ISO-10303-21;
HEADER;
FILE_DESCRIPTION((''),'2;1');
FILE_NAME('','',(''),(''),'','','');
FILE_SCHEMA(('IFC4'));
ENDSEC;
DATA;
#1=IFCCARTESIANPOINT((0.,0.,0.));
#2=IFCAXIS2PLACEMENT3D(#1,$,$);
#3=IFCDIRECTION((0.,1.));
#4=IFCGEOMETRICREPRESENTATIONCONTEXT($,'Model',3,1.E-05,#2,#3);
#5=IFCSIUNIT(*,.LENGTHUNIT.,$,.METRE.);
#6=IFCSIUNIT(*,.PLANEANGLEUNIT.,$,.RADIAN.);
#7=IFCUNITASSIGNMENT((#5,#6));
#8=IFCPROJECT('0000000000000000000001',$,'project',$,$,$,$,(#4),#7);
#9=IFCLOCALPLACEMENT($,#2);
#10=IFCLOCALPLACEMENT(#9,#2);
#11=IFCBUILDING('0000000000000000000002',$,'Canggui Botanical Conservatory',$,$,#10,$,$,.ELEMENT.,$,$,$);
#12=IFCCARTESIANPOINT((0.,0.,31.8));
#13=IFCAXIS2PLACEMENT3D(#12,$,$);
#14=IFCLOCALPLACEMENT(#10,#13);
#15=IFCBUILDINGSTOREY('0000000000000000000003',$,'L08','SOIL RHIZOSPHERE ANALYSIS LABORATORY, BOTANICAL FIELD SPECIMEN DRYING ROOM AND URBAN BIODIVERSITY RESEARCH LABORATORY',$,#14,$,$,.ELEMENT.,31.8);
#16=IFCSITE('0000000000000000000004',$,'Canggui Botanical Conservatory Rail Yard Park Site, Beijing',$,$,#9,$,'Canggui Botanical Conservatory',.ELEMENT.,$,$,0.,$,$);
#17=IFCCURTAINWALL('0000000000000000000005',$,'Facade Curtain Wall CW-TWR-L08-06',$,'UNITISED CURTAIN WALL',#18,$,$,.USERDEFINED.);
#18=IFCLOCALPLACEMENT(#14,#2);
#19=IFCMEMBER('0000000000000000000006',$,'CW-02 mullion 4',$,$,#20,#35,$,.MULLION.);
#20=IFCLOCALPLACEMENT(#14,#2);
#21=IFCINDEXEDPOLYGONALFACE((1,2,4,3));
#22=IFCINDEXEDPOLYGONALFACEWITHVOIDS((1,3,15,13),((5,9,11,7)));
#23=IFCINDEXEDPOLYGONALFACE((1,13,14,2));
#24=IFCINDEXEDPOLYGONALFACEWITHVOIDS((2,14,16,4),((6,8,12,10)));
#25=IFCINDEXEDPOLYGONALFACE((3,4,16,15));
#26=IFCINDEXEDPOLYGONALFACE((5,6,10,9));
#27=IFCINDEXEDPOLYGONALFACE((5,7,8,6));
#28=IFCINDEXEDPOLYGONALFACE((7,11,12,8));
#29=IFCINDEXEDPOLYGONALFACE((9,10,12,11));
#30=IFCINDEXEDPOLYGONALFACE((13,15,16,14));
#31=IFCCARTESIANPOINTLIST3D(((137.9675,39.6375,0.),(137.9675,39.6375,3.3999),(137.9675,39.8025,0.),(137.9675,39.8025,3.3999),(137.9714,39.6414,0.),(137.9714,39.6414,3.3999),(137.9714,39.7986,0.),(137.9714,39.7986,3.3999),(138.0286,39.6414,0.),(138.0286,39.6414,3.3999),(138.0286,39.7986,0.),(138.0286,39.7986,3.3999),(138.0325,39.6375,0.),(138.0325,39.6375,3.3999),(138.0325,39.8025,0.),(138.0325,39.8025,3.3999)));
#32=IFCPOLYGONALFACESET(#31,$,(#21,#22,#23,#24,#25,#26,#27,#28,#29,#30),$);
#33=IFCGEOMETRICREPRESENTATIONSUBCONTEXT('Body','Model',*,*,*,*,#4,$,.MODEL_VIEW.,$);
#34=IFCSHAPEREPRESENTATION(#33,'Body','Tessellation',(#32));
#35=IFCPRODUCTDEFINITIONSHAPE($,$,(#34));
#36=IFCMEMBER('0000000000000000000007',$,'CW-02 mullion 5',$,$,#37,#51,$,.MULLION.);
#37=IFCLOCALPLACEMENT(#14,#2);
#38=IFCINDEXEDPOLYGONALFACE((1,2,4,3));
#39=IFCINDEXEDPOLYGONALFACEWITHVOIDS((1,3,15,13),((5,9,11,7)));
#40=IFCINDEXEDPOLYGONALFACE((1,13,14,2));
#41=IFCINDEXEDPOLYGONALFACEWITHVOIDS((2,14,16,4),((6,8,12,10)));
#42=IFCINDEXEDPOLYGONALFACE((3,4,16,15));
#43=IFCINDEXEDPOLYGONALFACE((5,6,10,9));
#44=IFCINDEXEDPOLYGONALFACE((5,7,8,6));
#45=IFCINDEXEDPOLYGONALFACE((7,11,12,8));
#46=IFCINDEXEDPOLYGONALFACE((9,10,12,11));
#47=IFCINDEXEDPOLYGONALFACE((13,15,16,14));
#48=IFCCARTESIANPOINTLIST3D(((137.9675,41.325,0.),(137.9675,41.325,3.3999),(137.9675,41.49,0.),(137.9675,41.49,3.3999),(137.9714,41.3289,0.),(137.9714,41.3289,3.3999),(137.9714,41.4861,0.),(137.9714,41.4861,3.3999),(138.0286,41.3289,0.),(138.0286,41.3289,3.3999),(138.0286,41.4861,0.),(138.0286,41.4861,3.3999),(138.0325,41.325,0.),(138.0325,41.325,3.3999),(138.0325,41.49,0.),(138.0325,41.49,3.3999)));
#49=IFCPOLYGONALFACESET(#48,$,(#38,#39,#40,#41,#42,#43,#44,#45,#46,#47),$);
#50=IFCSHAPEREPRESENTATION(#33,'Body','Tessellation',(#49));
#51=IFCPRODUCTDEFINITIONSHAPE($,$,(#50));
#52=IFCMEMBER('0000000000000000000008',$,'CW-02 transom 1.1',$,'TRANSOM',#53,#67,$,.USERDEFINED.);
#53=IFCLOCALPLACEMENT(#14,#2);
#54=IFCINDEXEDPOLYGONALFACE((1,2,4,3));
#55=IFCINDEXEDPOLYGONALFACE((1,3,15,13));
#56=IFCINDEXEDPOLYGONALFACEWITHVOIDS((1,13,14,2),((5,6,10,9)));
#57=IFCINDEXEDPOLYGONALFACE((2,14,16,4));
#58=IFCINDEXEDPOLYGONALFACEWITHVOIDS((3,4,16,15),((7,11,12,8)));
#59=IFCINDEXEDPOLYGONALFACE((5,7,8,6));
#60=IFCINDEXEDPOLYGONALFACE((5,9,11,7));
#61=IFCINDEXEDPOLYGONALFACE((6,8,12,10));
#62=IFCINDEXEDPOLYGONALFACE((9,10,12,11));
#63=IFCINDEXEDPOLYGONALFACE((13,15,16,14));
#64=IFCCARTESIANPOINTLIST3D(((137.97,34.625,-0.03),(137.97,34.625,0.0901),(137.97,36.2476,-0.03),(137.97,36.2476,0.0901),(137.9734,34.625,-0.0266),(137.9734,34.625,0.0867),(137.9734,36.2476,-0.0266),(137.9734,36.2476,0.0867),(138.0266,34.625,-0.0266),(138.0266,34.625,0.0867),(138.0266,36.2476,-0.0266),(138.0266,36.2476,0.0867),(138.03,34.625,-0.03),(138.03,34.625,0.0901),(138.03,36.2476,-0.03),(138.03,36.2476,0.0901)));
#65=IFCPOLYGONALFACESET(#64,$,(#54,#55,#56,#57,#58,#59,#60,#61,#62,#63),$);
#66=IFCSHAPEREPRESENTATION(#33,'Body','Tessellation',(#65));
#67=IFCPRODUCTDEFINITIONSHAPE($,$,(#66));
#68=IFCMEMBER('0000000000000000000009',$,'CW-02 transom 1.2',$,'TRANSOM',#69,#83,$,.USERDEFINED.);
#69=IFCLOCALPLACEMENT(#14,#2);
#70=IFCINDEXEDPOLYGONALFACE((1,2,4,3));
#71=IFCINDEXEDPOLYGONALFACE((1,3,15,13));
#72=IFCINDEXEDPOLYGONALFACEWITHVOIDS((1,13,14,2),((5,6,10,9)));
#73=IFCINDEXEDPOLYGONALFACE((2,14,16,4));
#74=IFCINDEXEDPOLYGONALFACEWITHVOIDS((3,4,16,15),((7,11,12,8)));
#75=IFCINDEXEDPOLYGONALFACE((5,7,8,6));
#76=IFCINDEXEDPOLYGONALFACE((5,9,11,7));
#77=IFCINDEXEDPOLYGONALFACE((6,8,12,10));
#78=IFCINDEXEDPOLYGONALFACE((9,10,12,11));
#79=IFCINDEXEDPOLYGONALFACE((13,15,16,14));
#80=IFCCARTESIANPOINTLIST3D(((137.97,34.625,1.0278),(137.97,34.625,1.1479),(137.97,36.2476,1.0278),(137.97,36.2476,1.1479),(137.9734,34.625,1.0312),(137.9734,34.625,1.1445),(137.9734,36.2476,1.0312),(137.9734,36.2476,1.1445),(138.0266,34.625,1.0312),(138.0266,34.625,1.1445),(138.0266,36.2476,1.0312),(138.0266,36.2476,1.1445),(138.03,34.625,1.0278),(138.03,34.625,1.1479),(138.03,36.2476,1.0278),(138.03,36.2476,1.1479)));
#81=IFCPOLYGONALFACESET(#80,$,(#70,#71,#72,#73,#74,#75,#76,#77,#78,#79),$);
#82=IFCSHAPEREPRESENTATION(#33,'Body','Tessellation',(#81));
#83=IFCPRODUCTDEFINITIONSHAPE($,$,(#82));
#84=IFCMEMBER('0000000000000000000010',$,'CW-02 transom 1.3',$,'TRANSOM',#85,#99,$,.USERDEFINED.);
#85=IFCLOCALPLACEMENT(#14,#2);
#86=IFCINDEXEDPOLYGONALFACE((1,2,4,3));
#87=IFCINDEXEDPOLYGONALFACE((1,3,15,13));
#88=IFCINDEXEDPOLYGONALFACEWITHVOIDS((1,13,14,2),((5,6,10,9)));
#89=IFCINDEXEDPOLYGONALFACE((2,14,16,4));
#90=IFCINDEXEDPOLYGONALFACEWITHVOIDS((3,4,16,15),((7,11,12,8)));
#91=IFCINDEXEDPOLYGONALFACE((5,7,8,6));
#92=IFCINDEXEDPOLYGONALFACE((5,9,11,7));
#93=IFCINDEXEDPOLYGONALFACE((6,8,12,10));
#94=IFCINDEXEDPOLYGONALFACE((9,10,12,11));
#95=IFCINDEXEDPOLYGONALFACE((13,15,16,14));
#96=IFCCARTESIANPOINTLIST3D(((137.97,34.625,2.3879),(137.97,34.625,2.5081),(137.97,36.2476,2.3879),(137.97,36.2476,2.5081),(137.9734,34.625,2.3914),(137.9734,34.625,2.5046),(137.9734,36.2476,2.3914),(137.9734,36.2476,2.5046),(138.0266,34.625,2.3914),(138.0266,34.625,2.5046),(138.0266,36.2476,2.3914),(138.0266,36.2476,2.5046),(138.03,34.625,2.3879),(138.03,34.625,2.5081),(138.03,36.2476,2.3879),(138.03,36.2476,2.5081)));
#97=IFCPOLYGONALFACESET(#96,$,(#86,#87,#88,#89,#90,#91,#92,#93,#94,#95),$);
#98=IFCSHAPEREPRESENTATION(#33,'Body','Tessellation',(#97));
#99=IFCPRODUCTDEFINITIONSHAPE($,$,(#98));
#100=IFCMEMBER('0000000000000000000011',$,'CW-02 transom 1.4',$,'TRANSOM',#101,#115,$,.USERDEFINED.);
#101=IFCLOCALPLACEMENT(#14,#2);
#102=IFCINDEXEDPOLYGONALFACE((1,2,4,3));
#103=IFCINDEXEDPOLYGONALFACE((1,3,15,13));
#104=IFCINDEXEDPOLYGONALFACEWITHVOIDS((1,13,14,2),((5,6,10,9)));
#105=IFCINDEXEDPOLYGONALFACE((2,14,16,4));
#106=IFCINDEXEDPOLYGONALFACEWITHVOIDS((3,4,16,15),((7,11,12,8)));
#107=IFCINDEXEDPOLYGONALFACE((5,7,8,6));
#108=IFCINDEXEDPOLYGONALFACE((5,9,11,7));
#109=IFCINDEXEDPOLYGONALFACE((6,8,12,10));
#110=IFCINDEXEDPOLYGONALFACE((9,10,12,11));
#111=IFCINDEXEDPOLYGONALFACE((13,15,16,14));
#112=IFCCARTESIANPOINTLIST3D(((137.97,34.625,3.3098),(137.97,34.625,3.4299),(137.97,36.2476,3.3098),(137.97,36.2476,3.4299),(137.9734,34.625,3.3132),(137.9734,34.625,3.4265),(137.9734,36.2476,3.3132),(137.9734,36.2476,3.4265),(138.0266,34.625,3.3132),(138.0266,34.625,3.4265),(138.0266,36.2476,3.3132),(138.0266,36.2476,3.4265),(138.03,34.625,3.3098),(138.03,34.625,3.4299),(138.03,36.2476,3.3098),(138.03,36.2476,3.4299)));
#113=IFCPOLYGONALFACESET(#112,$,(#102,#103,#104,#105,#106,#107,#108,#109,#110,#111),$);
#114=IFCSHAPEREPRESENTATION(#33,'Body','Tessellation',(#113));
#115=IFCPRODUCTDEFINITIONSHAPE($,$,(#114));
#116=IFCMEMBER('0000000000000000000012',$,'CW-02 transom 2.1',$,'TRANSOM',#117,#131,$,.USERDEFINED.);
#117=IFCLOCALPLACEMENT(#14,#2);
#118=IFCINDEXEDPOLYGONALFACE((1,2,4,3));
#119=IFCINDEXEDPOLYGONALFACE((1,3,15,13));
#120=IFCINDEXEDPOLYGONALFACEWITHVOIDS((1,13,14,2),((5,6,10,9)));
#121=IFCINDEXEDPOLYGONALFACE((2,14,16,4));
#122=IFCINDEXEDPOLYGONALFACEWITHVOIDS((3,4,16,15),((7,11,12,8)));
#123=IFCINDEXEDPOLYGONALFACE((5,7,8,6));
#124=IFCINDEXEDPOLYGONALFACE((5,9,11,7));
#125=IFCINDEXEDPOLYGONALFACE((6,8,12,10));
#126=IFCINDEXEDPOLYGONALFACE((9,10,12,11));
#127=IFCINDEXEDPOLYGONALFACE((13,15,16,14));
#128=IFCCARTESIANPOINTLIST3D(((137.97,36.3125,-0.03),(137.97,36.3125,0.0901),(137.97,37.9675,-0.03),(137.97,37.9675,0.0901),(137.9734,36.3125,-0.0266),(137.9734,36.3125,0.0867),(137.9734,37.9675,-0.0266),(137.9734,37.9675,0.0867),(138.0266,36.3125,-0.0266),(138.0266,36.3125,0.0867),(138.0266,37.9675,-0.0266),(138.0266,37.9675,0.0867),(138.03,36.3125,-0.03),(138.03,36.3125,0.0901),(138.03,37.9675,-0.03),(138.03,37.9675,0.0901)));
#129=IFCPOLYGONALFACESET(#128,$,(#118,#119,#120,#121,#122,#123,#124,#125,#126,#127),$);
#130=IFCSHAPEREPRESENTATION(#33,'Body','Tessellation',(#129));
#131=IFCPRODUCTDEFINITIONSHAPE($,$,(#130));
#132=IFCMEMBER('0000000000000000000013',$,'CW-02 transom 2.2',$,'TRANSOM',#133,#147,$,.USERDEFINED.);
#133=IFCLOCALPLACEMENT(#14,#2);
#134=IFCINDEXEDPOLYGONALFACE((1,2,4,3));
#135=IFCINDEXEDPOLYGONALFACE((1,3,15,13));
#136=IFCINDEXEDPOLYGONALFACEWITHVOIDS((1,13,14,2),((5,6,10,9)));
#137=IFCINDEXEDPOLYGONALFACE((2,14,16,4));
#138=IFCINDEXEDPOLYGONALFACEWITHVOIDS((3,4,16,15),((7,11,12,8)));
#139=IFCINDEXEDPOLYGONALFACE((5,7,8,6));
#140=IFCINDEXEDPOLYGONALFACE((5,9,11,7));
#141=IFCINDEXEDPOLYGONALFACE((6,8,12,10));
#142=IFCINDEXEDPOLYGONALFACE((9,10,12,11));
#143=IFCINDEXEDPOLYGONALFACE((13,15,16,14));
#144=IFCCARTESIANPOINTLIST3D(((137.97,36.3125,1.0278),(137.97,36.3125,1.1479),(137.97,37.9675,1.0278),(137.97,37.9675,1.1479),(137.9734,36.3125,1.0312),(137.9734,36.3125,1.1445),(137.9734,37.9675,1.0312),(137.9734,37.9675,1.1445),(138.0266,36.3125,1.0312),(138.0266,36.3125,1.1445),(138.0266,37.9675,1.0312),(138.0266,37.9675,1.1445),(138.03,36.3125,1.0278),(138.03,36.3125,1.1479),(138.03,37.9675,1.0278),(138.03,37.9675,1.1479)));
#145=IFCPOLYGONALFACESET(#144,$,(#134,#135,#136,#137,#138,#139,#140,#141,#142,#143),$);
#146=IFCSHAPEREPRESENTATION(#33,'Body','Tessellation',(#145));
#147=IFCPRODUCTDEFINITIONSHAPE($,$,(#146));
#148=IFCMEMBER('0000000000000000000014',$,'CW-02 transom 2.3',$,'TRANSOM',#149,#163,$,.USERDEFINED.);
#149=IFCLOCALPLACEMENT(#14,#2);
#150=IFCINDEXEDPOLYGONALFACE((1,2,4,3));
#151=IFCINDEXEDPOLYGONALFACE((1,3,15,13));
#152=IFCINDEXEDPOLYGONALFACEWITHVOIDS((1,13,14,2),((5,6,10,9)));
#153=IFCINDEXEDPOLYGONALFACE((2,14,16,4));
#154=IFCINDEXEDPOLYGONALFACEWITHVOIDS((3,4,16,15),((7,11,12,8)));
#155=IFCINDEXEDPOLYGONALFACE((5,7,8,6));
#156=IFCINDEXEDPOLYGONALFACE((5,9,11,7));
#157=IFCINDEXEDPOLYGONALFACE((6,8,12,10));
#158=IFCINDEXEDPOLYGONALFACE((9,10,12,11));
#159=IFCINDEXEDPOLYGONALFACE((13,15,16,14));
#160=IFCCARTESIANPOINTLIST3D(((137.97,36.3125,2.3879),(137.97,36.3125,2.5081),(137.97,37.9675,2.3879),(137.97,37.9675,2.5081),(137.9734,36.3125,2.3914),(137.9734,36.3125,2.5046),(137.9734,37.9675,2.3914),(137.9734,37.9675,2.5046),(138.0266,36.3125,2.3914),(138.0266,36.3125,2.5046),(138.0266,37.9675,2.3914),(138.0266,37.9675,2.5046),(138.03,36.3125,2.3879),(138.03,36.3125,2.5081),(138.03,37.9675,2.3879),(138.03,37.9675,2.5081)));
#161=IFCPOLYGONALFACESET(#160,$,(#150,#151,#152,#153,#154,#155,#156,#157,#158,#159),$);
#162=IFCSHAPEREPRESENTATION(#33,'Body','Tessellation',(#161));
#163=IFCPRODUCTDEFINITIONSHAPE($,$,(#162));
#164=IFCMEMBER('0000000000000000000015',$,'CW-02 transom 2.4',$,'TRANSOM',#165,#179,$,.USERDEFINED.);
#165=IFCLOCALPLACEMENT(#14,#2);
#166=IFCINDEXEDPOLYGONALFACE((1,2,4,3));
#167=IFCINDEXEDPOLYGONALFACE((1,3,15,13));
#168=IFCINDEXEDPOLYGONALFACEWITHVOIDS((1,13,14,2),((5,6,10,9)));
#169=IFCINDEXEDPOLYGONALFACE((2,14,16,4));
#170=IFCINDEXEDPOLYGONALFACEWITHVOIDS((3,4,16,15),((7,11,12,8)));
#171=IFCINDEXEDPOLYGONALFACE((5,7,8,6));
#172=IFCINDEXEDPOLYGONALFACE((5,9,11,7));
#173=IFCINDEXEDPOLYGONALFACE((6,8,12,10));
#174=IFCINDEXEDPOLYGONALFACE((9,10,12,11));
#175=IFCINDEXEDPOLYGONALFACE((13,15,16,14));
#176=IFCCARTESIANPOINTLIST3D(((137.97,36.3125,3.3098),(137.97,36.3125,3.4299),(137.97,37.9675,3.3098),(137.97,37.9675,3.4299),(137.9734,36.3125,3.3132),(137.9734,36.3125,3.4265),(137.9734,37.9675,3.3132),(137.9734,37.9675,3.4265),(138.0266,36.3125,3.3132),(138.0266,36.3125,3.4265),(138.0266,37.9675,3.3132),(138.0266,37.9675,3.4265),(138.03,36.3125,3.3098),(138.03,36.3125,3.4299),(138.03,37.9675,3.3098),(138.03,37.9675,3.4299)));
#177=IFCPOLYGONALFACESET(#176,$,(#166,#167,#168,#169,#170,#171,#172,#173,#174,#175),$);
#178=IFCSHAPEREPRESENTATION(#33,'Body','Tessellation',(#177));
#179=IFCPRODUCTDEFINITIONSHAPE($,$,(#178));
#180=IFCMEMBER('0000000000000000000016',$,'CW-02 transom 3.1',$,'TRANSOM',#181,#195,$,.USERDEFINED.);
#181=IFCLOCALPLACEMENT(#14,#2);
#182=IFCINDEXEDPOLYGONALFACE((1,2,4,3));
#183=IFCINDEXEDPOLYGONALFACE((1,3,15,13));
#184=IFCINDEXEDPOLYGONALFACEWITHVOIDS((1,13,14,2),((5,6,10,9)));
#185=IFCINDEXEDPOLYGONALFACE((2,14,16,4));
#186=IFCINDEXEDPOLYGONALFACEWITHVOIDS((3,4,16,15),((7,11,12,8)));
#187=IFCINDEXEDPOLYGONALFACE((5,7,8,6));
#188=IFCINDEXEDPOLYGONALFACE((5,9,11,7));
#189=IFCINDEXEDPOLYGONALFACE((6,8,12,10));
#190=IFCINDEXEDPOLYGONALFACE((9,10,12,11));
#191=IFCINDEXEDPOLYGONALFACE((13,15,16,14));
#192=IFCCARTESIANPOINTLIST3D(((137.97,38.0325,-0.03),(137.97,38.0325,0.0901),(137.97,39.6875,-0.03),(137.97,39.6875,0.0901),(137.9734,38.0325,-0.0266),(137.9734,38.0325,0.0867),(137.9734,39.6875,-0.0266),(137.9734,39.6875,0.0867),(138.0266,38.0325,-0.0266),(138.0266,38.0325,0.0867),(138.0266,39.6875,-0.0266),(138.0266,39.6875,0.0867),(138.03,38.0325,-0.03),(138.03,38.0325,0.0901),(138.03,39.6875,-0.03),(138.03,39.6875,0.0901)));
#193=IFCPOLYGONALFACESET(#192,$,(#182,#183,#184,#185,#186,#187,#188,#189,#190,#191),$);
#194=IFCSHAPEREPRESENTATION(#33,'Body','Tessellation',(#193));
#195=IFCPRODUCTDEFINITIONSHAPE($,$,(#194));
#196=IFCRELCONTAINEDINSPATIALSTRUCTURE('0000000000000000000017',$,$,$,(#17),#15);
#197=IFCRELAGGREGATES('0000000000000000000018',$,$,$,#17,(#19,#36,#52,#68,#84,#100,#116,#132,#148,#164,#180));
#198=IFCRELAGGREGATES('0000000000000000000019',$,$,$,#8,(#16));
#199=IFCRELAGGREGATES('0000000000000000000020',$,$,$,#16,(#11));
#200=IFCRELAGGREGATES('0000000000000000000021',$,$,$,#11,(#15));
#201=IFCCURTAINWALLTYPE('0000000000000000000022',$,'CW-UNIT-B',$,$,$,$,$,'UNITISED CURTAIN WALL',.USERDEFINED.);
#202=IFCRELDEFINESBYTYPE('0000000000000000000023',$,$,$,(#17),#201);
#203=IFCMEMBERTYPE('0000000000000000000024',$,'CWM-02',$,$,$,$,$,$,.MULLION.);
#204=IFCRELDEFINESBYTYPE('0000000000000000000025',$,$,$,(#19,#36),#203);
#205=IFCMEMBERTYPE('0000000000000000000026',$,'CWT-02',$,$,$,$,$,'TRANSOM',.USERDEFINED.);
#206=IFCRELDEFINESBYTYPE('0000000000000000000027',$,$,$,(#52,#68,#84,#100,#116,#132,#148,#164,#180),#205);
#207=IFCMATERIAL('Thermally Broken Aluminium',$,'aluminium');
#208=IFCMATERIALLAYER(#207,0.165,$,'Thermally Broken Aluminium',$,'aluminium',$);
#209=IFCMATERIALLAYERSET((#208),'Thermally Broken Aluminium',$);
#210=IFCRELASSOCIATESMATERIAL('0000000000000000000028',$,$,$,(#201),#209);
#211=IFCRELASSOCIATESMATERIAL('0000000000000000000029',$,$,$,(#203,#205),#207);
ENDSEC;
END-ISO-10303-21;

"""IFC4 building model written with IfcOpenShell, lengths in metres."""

from ifc_helpers import new_model, si_unit, direction, frame, origin, origin_2d, place, context, subcontext, project, spatial, hollow_rectangle, extrude, material, layer, layer_set, material_profile, profile_set, type_object, element, aggregate, save


model = new_model("IFC4")

# Units and contexts
model_context = context("Model", 3, precision=1e-05, world=origin(), true_north=direction((0.0, 1.0)))
body_context = subcontext(model_context, "Body", "Model", "MODEL_VIEW")
ifc_project = project(units=[si_unit("LENGTHUNIT", "METRE"), si_unit("PLANEANGLEUNIT", "RADIAN")], contexts=[model_context])

# Site, building, storey
site_placement = place(None, origin())
site = spatial("IfcSite", under=ifc_project, at=site_placement, Name="Canggui Botanical Conservatory Rail Yard Park Site, Beijing", LongName="Canggui Botanical Conservatory", CompositionType="ELEMENT", RefElevation=0.0)
building_placement = place(site_placement, origin())
building = spatial("IfcBuilding", under=site, at=building_placement, Name="Canggui Botanical Conservatory", CompositionType="ELEMENT")
storey_placement = place(building_placement, frame((0.0, 0.0, 31.8)))
storey = spatial("IfcBuildingStorey", under=building, at=storey_placement, Name="L08", Description="SOIL RHIZOSPHERE ANALYSIS LABORATORY, BOTANICAL FIELD SPECIMEN DRYING ROOM AND URBAN BIODIVERSITY RESEARCH LABORATORY", CompositionType="ELEMENT", Elevation=31.8)

# Curtain wall, members
ifc_material_1 = material(Name="Thermally Broken Aluminium", Category="aluminium")
ifc_layer_1 = layer(ifc_material_1, 0.165, Name="Thermally Broken Aluminium", Category="aluminium")
ifc_layer_set_1 = layer_set([ifc_layer_1], Name="Thermally Broken Aluminium")
curtain_wall_type = type_object("IfcCurtainWallType", Name="CW-UNIT-B", ElementType="UNITISED CURTAIN WALL", PredefinedType="USERDEFINED", material=ifc_layer_set_1)
curtain_wall_placement = place(storey_placement, origin())
curtain_wall = element("IfcCurtainWall", 1, at=curtain_wall_placement, inside=storey, type_object=curtain_wall_type, Name="Facade Curtain Wall CW-TWR-L08-06", ObjectType="UNITISED CURTAIN WALL", PredefinedType="USERDEFINED")
ifc_material_profile_1 = material_profile(ifc_material_1, hollow_rectangle(XDim=0.0649, YDim=0.165, WallThickness=0.0039, at=origin_2d()), Name="CWM 65x165x4")
ifc_profile_set_1 = profile_set([ifc_material_profile_1], Name="Thermally Broken Aluminium")
member_type_1 = type_object("IfcMemberType", Name="CWM-02", PredefinedType="MULLION", material=ifc_profile_set_1)
member_1_placement = place(storey_placement, frame((138.0, 39.72, 0.0), z_axis=(0.0, 0.0, 1.0), x_axis=(-1.0, 0.0, 0.0)))
member_1 = element("IfcMember", 2, at=member_1_placement, type_object=member_type_1, Name="CW-02 mullion 4", PredefinedType="MULLION", context=body_context, shape_type="SweptSolid", body=[
    extrude(hollow_rectangle(XDim=0.0649, YDim=0.165, WallThickness=0.0039, at=origin_2d()), origin(), (0.0, 0.0, 1.0), 3.3999),
])
member_2_placement = place(storey_placement, frame((138.0, 41.4075, 0.0), z_axis=(0.0, 0.0, 1.0), x_axis=(-1.0, 0.0, 0.0)))
member_2 = element("IfcMember", 3, at=member_2_placement, type_object=member_type_1, Name="CW-02 mullion 5", PredefinedType="MULLION", context=body_context, shape_type="SweptSolid", body=[
    extrude(hollow_rectangle(XDim=0.0649, YDim=0.165, WallThickness=0.0039, at=origin_2d()), origin(), (0.0, 0.0, 1.0), 3.3999),
])
ifc_material_profile_2 = material_profile(ifc_material_1, hollow_rectangle(XDim=0.0601, YDim=0.1201, WallThickness=0.0034, at=origin_2d()), Name="CWT 60x120x3.5")
ifc_profile_set_2 = profile_set([ifc_material_profile_2], Name="Thermally Broken Aluminium")
member_type_2 = type_object("IfcMemberType", Name="CWT-02", ElementType="TRANSOM", PredefinedType="USERDEFINED", material=ifc_profile_set_2)
member_3_placement = place(storey_placement, frame((138.0, 34.625, 0.03), z_axis=(0.0, 1.0, 0.0), x_axis=(-1.0, 0.0, 0.0)))
member_3 = element("IfcMember", 4, at=member_3_placement, type_object=member_type_2, Name="CW-02 transom 1.1", ObjectType="TRANSOM", PredefinedType="USERDEFINED", context=body_context, shape_type="SweptSolid", body=[
    extrude(hollow_rectangle(XDim=0.0601, YDim=0.1201, WallThickness=0.0034, at=origin_2d()), origin(), (0.0, 0.0, 1.0), 1.6226),
])
member_4_placement = place(storey_placement, frame((138.0, 34.625, 1.0879), z_axis=(0.0, 1.0, 0.0), x_axis=(-1.0, 0.0, 0.0)))
member_4 = element("IfcMember", 5, at=member_4_placement, type_object=member_type_2, Name="CW-02 transom 1.2", ObjectType="TRANSOM", PredefinedType="USERDEFINED", context=body_context, shape_type="SweptSolid", body=[
    extrude(hollow_rectangle(XDim=0.0601, YDim=0.1201, WallThickness=0.0034, at=origin_2d()), origin(), (0.0, 0.0, 1.0), 1.6226),
])
member_5_placement = place(storey_placement, frame((138.0, 34.625, 2.448), z_axis=(0.0, 1.0, 0.0), x_axis=(-1.0, 0.0, 0.0)))
member_5 = element("IfcMember", 6, at=member_5_placement, type_object=member_type_2, Name="CW-02 transom 1.3", ObjectType="TRANSOM", PredefinedType="USERDEFINED", context=body_context, shape_type="SweptSolid", body=[
    extrude(hollow_rectangle(XDim=0.0601, YDim=0.1201, WallThickness=0.0034, at=origin_2d()), origin(), (0.0, 0.0, 1.0), 1.6226),
])
member_6_placement = place(storey_placement, frame((138.0, 34.625, 3.3699), z_axis=(0.0, 1.0, 0.0), x_axis=(-1.0, 0.0, 0.0)))
member_6 = element("IfcMember", 7, at=member_6_placement, type_object=member_type_2, Name="CW-02 transom 1.4", ObjectType="TRANSOM", PredefinedType="USERDEFINED", context=body_context, shape_type="SweptSolid", body=[
    extrude(hollow_rectangle(XDim=0.0601, YDim=0.1201, WallThickness=0.0034, at=origin_2d()), origin(), (0.0, 0.0, 1.0), 1.6226),
])
member_7_placement = place(storey_placement, frame((138.0, 36.3125, 0.03), z_axis=(0.0, 1.0, 0.0), x_axis=(-1.0, 0.0, 0.0)))
member_7 = element("IfcMember", 8, at=member_7_placement, type_object=member_type_2, Name="CW-02 transom 2.1", ObjectType="TRANSOM", PredefinedType="USERDEFINED", context=body_context, shape_type="SweptSolid", body=[
    extrude(hollow_rectangle(XDim=0.0601, YDim=0.1201, WallThickness=0.0034, at=origin_2d()), origin(), (0.0, 0.0, 1.0), 1.655),
])
member_8_placement = place(storey_placement, frame((138.0, 36.3125, 1.0879), z_axis=(0.0, 1.0, 0.0), x_axis=(-1.0, 0.0, 0.0)))
member_8 = element("IfcMember", 9, at=member_8_placement, type_object=member_type_2, Name="CW-02 transom 2.2", ObjectType="TRANSOM", PredefinedType="USERDEFINED", context=body_context, shape_type="SweptSolid", body=[
    extrude(hollow_rectangle(XDim=0.0601, YDim=0.1201, WallThickness=0.0034, at=origin_2d()), origin(), (0.0, 0.0, 1.0), 1.655),
])
member_9_placement = place(storey_placement, frame((138.0, 36.3125, 2.448), z_axis=(0.0, 1.0, 0.0), x_axis=(-1.0, 0.0, 0.0)))
member_9 = element("IfcMember", 10, at=member_9_placement, type_object=member_type_2, Name="CW-02 transom 2.3", ObjectType="TRANSOM", PredefinedType="USERDEFINED", context=body_context, shape_type="SweptSolid", body=[
    extrude(hollow_rectangle(XDim=0.0601, YDim=0.1201, WallThickness=0.0034, at=origin_2d()), origin(), (0.0, 0.0, 1.0), 1.655),
])
member_10_placement = place(storey_placement, frame((138.0, 36.3125, 3.3699), z_axis=(0.0, 1.0, 0.0), x_axis=(-1.0, 0.0, 0.0)))
member_10 = element("IfcMember", 11, at=member_10_placement, type_object=member_type_2, Name="CW-02 transom 2.4", ObjectType="TRANSOM", PredefinedType="USERDEFINED", context=body_context, shape_type="SweptSolid", body=[
    extrude(hollow_rectangle(XDim=0.0601, YDim=0.1201, WallThickness=0.0034, at=origin_2d()), origin(), (0.0, 0.0, 1.0), 1.655),
])
member_11_placement = place(storey_placement, frame((138.0, 38.0325, 0.03), z_axis=(0.0, 1.0, 0.0), x_axis=(-1.0, 0.0, 0.0)))
member_11 = element("IfcMember", 12, at=member_11_placement, type_object=member_type_2, Name="CW-02 transom 3.1", ObjectType="TRANSOM", PredefinedType="USERDEFINED", context=body_context, shape_type="SweptSolid", body=[
    extrude(hollow_rectangle(XDim=0.0601, YDim=0.1201, WallThickness=0.0034, at=origin_2d()), origin(), (0.0, 0.0, 1.0), 1.655),
])
aggregate(curtain_wall, [member_1, member_2, member_3, member_4, member_5, member_6, member_7, member_8, member_9, member_10, member_11])

save(model, "model.ifc")
